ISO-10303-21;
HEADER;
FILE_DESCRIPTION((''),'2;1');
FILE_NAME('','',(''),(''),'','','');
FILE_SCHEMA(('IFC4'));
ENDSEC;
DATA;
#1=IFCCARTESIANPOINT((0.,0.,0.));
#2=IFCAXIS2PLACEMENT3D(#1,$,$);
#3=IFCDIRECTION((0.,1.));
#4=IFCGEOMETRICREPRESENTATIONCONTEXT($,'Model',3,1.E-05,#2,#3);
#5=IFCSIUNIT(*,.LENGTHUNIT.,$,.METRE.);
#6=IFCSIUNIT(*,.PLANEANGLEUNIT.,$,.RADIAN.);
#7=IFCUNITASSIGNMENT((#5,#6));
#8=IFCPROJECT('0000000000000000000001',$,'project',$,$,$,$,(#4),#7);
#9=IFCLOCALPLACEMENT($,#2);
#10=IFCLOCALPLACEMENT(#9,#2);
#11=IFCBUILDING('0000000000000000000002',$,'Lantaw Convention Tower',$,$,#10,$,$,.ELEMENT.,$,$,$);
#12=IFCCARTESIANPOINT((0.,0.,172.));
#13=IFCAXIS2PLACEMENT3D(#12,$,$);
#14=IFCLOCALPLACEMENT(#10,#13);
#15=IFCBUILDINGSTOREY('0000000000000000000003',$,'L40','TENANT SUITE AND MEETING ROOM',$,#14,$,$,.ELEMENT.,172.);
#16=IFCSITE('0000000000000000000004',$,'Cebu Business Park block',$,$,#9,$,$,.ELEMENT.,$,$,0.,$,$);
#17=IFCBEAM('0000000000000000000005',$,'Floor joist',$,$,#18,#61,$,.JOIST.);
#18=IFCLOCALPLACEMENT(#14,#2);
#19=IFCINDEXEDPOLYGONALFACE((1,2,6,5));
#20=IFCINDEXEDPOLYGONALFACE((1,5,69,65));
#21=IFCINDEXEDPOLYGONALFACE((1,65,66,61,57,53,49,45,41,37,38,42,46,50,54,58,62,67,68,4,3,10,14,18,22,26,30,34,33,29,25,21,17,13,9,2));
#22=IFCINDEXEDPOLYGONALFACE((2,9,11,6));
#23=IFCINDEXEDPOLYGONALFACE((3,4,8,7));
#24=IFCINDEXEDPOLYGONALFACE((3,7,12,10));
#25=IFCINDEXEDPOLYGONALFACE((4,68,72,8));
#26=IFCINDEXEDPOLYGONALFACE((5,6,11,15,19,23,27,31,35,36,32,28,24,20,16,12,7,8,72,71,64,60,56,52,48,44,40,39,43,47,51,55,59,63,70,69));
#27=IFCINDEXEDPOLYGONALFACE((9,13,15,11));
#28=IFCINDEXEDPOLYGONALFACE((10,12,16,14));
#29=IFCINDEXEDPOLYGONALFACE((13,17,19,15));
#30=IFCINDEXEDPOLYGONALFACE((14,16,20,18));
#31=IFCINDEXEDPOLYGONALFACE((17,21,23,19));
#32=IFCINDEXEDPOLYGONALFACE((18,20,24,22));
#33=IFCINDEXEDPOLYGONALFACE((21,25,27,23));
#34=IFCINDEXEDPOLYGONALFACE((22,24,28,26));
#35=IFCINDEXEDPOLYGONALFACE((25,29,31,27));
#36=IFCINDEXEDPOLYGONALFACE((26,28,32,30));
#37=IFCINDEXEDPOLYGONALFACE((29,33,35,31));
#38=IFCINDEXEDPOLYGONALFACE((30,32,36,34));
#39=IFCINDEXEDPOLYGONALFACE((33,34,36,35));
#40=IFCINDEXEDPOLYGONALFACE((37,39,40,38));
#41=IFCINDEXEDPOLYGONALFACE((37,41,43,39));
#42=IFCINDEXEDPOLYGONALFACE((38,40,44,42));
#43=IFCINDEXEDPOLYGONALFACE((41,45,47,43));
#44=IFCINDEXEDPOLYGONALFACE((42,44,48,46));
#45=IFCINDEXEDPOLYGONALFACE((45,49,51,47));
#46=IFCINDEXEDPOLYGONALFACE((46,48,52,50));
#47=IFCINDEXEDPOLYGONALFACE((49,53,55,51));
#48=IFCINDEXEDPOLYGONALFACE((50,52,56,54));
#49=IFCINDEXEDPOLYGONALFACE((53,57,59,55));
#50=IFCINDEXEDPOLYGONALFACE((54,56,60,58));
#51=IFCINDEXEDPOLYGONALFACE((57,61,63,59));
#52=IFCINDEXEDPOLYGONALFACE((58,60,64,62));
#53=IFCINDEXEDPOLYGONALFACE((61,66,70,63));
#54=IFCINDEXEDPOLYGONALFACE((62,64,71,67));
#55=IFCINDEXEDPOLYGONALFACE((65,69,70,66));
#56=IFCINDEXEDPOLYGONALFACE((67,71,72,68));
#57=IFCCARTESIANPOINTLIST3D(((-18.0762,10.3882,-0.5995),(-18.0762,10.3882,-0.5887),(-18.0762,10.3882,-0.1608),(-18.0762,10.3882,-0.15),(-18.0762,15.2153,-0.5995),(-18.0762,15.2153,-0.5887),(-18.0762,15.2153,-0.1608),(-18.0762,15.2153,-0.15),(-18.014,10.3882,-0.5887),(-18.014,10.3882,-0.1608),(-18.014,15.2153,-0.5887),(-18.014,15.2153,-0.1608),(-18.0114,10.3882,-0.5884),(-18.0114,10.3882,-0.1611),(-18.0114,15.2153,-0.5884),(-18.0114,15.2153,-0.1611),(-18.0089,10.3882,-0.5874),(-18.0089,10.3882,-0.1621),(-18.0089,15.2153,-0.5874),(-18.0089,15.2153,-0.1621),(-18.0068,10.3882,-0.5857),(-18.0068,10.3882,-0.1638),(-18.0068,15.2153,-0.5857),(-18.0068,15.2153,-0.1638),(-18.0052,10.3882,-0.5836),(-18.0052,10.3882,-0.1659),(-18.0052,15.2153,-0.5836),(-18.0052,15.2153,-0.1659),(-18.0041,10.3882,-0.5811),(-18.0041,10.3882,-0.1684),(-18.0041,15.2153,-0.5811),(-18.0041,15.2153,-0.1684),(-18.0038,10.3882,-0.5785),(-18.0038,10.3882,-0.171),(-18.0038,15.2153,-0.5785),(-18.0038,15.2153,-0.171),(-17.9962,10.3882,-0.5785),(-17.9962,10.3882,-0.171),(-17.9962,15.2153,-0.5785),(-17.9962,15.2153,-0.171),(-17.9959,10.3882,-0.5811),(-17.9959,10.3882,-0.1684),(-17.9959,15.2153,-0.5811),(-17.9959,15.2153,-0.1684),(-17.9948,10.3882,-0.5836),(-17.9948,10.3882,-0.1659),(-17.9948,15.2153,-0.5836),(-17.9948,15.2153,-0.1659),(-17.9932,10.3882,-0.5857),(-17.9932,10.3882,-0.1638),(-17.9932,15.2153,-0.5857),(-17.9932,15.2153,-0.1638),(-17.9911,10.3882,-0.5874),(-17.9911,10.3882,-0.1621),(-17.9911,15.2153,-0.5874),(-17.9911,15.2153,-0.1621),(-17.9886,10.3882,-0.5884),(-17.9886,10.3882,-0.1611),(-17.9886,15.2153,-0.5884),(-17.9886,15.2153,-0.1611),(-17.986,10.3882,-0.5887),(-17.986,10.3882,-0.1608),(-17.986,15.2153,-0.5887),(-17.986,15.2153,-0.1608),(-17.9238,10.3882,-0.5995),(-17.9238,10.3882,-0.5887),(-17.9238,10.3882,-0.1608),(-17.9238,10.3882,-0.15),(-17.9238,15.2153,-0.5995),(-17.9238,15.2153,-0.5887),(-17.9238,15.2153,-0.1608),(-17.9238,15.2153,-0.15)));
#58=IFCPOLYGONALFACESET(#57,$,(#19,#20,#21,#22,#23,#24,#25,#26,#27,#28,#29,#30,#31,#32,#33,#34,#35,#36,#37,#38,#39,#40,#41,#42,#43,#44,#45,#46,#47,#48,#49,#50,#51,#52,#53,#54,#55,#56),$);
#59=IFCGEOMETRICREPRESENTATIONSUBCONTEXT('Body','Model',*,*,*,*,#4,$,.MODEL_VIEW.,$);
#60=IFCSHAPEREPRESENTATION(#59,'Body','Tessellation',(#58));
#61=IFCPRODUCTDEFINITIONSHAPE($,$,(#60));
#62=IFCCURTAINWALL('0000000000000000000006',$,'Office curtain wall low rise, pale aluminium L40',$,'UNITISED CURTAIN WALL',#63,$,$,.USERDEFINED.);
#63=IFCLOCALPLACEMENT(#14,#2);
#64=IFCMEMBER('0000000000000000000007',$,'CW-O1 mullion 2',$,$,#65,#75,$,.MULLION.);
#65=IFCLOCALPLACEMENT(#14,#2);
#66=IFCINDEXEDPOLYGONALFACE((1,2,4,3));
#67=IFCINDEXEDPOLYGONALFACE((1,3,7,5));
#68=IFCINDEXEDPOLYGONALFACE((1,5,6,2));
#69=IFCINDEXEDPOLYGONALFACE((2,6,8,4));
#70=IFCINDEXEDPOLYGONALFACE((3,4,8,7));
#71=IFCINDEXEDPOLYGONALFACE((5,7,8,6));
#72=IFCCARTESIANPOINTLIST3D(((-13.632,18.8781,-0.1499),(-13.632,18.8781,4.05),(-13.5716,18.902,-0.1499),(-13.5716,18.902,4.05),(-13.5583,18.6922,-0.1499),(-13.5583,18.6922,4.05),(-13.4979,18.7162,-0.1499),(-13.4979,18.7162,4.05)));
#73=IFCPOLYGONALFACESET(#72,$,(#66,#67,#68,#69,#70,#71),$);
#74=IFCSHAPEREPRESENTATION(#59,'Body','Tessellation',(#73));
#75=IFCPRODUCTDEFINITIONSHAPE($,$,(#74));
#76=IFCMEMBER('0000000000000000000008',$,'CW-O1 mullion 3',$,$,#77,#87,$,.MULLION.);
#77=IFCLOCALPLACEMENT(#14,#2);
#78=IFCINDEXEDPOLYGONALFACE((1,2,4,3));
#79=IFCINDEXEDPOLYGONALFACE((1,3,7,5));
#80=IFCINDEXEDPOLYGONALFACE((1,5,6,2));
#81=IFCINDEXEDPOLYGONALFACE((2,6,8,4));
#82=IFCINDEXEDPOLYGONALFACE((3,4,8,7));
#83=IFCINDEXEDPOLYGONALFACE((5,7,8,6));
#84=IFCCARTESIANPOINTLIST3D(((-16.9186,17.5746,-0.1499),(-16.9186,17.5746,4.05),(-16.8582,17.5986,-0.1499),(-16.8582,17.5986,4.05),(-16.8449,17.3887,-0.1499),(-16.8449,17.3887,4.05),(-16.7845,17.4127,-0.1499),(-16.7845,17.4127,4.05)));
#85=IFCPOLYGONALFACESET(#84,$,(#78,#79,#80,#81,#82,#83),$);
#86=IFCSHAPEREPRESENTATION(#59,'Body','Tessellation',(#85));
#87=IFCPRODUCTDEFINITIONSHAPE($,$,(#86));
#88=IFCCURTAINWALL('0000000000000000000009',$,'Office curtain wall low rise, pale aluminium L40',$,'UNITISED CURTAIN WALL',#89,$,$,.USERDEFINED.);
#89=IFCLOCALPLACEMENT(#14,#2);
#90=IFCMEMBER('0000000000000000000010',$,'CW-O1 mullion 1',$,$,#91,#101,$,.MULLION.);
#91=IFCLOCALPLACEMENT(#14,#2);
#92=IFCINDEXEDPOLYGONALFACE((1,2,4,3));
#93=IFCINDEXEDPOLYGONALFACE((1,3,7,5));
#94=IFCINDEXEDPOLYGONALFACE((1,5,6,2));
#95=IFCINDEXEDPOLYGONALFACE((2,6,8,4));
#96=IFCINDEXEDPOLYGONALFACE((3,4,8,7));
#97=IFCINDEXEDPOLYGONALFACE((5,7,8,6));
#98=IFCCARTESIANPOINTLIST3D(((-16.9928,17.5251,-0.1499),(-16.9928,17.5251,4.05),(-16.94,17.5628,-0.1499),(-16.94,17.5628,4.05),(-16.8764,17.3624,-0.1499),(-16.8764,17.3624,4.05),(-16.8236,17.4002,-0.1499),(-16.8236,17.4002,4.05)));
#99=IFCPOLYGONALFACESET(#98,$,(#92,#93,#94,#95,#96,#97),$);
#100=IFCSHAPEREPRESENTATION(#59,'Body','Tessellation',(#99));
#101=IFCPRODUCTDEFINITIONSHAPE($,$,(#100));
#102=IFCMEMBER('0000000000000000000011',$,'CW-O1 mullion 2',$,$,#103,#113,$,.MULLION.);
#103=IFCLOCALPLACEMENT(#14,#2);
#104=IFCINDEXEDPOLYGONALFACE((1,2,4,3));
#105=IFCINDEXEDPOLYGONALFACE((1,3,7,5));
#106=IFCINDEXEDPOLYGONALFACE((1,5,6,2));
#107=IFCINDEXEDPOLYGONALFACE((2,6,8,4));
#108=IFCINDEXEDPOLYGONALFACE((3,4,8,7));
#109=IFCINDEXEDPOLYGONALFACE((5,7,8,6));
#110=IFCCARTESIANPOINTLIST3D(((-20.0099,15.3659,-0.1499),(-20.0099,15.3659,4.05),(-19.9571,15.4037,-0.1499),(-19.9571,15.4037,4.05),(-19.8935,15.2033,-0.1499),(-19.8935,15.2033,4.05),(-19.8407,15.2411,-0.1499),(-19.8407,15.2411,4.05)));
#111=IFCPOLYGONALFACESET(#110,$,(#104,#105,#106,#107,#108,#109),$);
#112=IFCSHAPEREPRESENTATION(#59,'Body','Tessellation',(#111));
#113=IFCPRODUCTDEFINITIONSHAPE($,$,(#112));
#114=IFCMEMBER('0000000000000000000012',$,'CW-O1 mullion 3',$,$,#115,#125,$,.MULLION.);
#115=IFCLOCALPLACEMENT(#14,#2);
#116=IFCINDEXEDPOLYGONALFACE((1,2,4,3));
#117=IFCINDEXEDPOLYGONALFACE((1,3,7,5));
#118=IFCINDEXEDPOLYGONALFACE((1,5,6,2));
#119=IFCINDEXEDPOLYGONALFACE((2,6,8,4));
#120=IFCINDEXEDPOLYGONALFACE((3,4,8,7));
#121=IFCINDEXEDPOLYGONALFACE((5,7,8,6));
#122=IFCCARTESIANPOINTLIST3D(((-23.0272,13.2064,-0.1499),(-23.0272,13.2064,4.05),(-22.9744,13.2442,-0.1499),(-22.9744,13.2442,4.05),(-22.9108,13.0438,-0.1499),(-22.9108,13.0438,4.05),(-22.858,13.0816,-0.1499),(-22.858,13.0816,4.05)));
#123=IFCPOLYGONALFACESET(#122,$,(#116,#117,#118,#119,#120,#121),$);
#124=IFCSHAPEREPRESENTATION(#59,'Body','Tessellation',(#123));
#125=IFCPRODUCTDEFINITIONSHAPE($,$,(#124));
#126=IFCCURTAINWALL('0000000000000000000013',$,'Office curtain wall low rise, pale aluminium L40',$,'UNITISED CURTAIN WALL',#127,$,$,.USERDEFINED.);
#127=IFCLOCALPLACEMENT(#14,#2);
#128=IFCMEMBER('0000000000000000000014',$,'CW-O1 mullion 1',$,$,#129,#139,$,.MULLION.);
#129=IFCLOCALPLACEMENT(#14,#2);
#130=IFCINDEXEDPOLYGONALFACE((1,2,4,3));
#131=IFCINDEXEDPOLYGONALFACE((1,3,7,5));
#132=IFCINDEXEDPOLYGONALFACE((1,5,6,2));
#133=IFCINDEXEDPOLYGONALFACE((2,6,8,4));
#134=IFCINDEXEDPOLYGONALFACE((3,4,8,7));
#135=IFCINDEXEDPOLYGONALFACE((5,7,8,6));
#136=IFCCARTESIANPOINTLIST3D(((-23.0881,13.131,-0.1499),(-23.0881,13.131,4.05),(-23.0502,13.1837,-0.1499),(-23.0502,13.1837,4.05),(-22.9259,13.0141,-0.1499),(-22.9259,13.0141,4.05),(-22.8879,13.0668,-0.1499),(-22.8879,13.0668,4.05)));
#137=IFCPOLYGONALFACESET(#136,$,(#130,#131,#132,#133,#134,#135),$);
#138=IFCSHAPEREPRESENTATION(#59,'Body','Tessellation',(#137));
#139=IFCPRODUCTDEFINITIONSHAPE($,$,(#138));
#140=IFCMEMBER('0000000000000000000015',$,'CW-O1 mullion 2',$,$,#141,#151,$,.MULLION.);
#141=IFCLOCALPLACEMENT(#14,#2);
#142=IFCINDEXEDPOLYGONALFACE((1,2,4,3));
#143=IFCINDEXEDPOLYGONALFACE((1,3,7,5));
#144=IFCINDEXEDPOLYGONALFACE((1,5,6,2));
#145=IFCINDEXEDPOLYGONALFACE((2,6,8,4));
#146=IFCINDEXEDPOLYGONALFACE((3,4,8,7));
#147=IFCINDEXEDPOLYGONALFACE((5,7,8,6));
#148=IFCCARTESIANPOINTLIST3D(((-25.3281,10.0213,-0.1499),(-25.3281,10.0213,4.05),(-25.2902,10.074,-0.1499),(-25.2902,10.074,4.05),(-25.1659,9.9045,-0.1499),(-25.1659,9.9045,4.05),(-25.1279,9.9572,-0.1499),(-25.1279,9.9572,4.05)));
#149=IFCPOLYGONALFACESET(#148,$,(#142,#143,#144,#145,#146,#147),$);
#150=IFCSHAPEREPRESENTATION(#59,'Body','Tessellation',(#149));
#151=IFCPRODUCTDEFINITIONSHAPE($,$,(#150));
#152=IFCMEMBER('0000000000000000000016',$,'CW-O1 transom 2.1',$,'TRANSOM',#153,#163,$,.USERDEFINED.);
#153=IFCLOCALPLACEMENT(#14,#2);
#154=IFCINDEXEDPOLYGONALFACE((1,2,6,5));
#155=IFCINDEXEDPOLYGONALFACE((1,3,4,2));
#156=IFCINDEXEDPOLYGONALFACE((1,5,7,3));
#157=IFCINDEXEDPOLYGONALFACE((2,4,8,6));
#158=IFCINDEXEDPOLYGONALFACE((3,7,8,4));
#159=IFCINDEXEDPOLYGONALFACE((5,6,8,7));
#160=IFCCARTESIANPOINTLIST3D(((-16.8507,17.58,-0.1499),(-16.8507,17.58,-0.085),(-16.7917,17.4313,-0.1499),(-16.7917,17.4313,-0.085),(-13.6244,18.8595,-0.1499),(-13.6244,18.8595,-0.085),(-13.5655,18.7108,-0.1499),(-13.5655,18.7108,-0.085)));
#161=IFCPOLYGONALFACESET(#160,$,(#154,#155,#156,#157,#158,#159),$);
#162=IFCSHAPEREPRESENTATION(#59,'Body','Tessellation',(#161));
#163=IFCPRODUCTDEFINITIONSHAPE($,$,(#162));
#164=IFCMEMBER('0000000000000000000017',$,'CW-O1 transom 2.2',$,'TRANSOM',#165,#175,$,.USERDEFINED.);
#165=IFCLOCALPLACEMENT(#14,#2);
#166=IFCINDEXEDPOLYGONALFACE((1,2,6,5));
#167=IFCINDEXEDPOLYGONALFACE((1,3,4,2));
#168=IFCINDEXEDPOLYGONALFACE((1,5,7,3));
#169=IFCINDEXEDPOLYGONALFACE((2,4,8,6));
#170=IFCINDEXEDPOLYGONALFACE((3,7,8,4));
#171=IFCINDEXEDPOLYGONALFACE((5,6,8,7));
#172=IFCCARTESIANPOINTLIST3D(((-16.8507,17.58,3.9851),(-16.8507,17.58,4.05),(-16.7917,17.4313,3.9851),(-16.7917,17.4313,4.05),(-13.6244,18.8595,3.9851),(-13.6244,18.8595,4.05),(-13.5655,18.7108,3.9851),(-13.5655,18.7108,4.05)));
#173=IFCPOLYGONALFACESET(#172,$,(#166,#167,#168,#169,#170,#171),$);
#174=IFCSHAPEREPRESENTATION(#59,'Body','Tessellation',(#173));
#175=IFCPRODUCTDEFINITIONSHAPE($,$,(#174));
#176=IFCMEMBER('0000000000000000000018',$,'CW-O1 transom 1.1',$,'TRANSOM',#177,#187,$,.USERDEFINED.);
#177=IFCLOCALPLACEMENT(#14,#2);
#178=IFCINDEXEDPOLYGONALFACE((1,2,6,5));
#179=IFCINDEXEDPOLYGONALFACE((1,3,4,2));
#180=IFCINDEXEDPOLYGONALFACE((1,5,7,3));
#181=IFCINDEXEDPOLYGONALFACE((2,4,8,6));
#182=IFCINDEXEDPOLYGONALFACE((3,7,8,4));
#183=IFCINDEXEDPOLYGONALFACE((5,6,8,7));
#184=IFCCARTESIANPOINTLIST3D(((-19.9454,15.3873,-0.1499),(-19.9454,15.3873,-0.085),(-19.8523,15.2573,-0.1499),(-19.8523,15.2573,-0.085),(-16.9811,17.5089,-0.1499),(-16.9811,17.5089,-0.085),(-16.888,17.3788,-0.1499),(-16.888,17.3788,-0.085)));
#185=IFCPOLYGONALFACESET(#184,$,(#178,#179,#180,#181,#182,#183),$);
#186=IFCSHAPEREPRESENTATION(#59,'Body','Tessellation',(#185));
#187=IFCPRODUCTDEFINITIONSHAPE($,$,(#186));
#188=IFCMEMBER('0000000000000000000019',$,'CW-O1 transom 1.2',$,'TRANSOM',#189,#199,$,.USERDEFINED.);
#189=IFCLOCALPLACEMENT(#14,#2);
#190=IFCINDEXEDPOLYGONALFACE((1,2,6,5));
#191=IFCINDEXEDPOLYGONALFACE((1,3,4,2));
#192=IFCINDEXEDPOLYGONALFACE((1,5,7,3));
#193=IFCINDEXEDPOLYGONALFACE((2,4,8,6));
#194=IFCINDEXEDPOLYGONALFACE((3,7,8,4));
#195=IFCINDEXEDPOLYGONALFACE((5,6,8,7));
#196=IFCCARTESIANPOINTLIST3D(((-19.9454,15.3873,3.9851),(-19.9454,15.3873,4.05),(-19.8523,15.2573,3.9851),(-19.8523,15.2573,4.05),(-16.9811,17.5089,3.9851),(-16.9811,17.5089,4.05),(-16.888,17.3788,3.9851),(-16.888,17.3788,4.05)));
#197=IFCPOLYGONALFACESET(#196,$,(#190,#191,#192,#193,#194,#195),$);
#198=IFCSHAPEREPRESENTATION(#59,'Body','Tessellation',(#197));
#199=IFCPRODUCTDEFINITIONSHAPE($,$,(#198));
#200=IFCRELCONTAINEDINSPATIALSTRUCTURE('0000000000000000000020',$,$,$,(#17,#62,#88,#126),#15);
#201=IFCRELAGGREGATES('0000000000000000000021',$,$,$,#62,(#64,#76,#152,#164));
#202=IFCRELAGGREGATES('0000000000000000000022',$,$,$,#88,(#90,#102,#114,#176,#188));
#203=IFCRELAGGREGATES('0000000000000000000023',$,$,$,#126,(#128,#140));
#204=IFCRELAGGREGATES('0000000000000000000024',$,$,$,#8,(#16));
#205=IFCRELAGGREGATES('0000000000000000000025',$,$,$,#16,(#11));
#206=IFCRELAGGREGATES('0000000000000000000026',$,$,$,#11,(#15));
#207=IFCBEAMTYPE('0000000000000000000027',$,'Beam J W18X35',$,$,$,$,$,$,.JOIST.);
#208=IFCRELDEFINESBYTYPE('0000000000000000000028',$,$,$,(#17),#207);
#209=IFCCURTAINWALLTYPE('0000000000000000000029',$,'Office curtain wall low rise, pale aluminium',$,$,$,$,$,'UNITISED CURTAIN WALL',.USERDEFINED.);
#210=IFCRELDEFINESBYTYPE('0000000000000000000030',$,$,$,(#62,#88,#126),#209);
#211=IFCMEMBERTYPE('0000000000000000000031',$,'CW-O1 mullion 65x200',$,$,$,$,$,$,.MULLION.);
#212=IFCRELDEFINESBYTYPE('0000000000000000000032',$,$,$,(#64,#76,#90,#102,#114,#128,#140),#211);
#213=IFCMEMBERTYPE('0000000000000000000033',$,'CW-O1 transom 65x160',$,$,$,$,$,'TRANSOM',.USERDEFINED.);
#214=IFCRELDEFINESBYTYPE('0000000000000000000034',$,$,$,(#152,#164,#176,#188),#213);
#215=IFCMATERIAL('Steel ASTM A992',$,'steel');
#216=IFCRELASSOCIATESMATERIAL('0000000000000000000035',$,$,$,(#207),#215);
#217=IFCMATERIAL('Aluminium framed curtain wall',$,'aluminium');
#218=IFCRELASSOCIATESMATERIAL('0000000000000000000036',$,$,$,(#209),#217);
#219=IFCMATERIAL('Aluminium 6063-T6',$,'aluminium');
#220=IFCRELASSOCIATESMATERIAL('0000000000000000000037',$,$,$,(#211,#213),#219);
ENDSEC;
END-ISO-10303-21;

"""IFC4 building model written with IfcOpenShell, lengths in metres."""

from ifc_helpers import new_model, si_unit, direction, frame, origin, origin_2d, place, context, subcontext, project, spatial, rectangle, i_section, extrude, material, material_profile, profile_set, type_object, element, aggregate, save


model = new_model("IFC4")

# Units and contexts
model_context = context("Model", 3, precision=1e-05, world=origin(), true_north=direction((0.0, 1.0)))
body_context = subcontext(model_context, "Body", "Model", "MODEL_VIEW")
ifc_project = project(units=[si_unit("LENGTHUNIT", "METRE"), si_unit("PLANEANGLEUNIT", "RADIAN")], contexts=[model_context])

# Site, building, storey
site_placement = place(None, origin())
site = spatial("IfcSite", under=ifc_project, at=site_placement, Name="Cebu Business Park block", CompositionType="ELEMENT", RefElevation=0.0)
building_placement = place(site_placement, origin())
building = spatial("IfcBuilding", under=site, at=building_placement, Name="Lantaw Convention Tower", CompositionType="ELEMENT")
storey_placement = place(building_placement, frame((0.0, 0.0, 172.0)))
storey = spatial("IfcBuildingStorey", under=building, at=storey_placement, Name="L40", Description="TENANT SUITE AND MEETING ROOM", CompositionType="ELEMENT", Elevation=172.0)

# Beam
ifc_material_1 = material(Name="Steel ASTM A992", Category="steel")
ifc_material_profile_1 = material_profile(ifc_material_1, i_section(OverallWidth=0.1523, OverallDepth=0.4495, WebThickness=0.0076, FlangeThickness=0.0107, FilletRadius=0.0103, at=origin_2d()), Name="W18X35")
ifc_profile_set_1 = profile_set([ifc_material_profile_1], Name="Steel ASTM A992")
beam_type_1 = type_object("IfcBeamType", Name="Beam J W18X35", PredefinedType="JOIST", material=ifc_profile_set_1)
beam_1_placement = place(storey_placement, frame((-18.0, 10.3882, -0.3748), z_axis=(0.0, 1.0, 0.0), x_axis=(-1.0, 0.0, 0.0)))
element("IfcBeam", 1, at=beam_1_placement, inside=storey, type_object=beam_type_1, Name="Floor joist", PredefinedType="JOIST", context=body_context, shape_type="SweptSolid", body=[
    extrude(i_section(OverallWidth=0.1523, OverallDepth=0.4495, WebThickness=0.0076, FlangeThickness=0.0107, FilletRadius=0.0103, at=origin_2d()), origin(), (0.0, 0.0, 1.0), 4.8271),
])

# Curtain walls, members
ifc_material_2 = material(Name="Aluminium framed curtain wall", Category="aluminium")
curtain_wall_type = type_object("IfcCurtainWallType", Name="Office curtain wall low rise, pale aluminium", ElementType="UNITISED CURTAIN WALL", PredefinedType="USERDEFINED", material=ifc_material_2)
curtain_wall_1_placement = place(storey_placement, origin())
curtain_wall_1 = element("IfcCurtainWall", 2, at=curtain_wall_1_placement, inside=storey, type_object=curtain_wall_type, Name="Office curtain wall low rise, pale aluminium L40", ObjectType="UNITISED CURTAIN WALL", PredefinedType="USERDEFINED")
ifc_material_3 = material(Name="Aluminium 6063-T6", Category="aluminium")
ifc_material_profile_2 = material_profile(ifc_material_3, rectangle(XDim=0.2, YDim=0.0649, at=origin_2d()), Name="CW-O1 mullion 65x200")
ifc_profile_set_2 = profile_set([ifc_material_profile_2], Name="Aluminium 6063-T6")
member_type_1 = type_object("IfcMemberType", Name="CW-O1 mullion 65x200", PredefinedType="MULLION", material=ifc_profile_set_2)
member_1_placement = place(storey_placement, frame((-13.5649, 18.7971, -0.1499), z_axis=(0.0, 0.0, 1.0), x_axis=(0.368702, -0.929548, 0.0)))
member_1 = element("IfcMember", 3, at=member_1_placement, type_object=member_type_1, Name="CW-O1 mullion 2", PredefinedType="MULLION", context=body_context, shape_type="SweptSolid", body=[
    extrude(rectangle(XDim=0.2, YDim=0.0649, at=origin_2d()), origin(), (0.0, 0.0, 1.0), 4.2),
])
member_2_placement = place(storey_placement, frame((-16.8516, 17.4937, -0.1499), z_axis=(0.0, 0.0, 1.0), x_axis=(0.368702, -0.929548, 0.0)))
member_2 = element("IfcMember", 4, at=member_2_placement, type_object=member_type_1, Name="CW-O1 mullion 3", PredefinedType="MULLION", context=body_context, shape_type="SweptSolid", body=[
    extrude(rectangle(XDim=0.2, YDim=0.0649, at=origin_2d()), origin(), (0.0, 0.0, 1.0), 4.2),
])
curtain_wall_2_placement = place(storey_placement, origin())
curtain_wall_2 = element("IfcCurtainWall", 5, at=curtain_wall_2_placement, inside=storey, type_object=curtain_wall_type, Name="Office curtain wall low rise, pale aluminium L40", ObjectType="UNITISED CURTAIN WALL", PredefinedType="USERDEFINED")
member_3_placement = place(storey_placement, frame((-16.9082, 17.4626, -0.1499), z_axis=(0.0, 0.0, 1.0), x_axis=(0.581973, -0.813208, 0.0)))
member_3 = element("IfcMember", 6, at=member_3_placement, type_object=member_type_1, Name="CW-O1 mullion 1", PredefinedType="MULLION", context=body_context, shape_type="SweptSolid", body=[
    extrude(rectangle(XDim=0.2, YDim=0.0649, at=origin_2d()), origin(), (0.0, 0.0, 1.0), 4.2),
])
member_4_placement = place(storey_placement, frame((-19.9253, 15.3035, -0.1499), z_axis=(0.0, 0.0, 1.0), x_axis=(0.581973, -0.813208, 0.0)))
member_4 = element("IfcMember", 7, at=member_4_placement, type_object=member_type_1, Name="CW-O1 mullion 2", PredefinedType="MULLION", context=body_context, shape_type="SweptSolid", body=[
    extrude(rectangle(XDim=0.2, YDim=0.0649, at=origin_2d()), origin(), (0.0, 0.0, 1.0), 4.2),
])
member_5_placement = place(storey_placement, frame((-22.9426, 13.144, -0.1499), z_axis=(0.0, 0.0, 1.0), x_axis=(0.581973, -0.813208, 0.0)))
member_5 = element("IfcMember", 8, at=member_5_placement, type_object=member_type_1, Name="CW-O1 mullion 3", PredefinedType="MULLION", context=body_context, shape_type="SweptSolid", body=[
    extrude(rectangle(XDim=0.2, YDim=0.0649, at=origin_2d()), origin(), (0.0, 0.0, 1.0), 4.2),
])
curtain_wall_3_placement = place(storey_placement, origin())
curtain_wall_3 = element("IfcCurtainWall", 9, at=curtain_wall_3_placement, inside=storey, type_object=curtain_wall_type, Name="Office curtain wall low rise, pale aluminium L40", ObjectType="UNITISED CURTAIN WALL", PredefinedType="USERDEFINED")
member_6_placement = place(storey_placement, frame((-22.988, 13.0989, -0.1499), z_axis=(0.0, 0.0, 1.0), x_axis=(0.811385, -0.584513, 0.0)))
member_6 = element("IfcMember", 10, at=member_6_placement, type_object=member_type_1, Name="CW-O1 mullion 1", PredefinedType="MULLION", context=body_context, shape_type="SweptSolid", body=[
    extrude(rectangle(XDim=0.2, YDim=0.0649, at=origin_2d()), origin(), (0.0, 0.0, 1.0), 4.2),
])
member_7_placement = place(storey_placement, frame((-25.228, 9.9893, -0.1499), z_axis=(0.0, 0.0, 1.0), x_axis=(0.811385, -0.584513, 0.0)))
member_7 = element("IfcMember", 11, at=member_7_placement, type_object=member_type_1, Name="CW-O1 mullion 2", PredefinedType="MULLION", context=body_context, shape_type="SweptSolid", body=[
    extrude(rectangle(XDim=0.2, YDim=0.0649, at=origin_2d()), origin(), (0.0, 0.0, 1.0), 4.2),
])

# Members
ifc_material_profile_3 = material_profile(ifc_material_3, rectangle(XDim=0.1599, YDim=0.0649, at=origin_2d()), Name="CW-O1 transom 65x160")
ifc_profile_set_3 = profile_set([ifc_material_profile_3], Name="Aluminium 6063-T6")
member_type_2 = type_object("IfcMemberType", Name="CW-O1 transom 65x160", ElementType="TRANSOM", PredefinedType="USERDEFINED", material=ifc_profile_set_3)
member_8_placement = place(storey_placement, frame((-13.595, 18.7852, -0.1174), z_axis=(-0.929564, -0.36866, 0.0), x_axis=(0.36866, -0.929564, 0.0)))
member_8 = element("IfcMember", 12, at=member_8_placement, type_object=member_type_2, Name="CW-O1 transom 2.1", ObjectType="TRANSOM", PredefinedType="USERDEFINED", context=body_context, shape_type="SweptSolid", body=[
    extrude(rectangle(XDim=0.1599, YDim=0.0649, at=origin_2d()), origin(), (0.0, 0.0, 1.0), 3.4707),
])
member_9_placement = place(storey_placement, frame((-13.595, 18.7852, 4.0176), z_axis=(-0.929564, -0.36866, 0.0), x_axis=(0.36866, -0.929564, 0.0)))
member_9 = element("IfcMember", 13, at=member_9_placement, type_object=member_type_2, Name="CW-O1 transom 2.2", ObjectType="TRANSOM", PredefinedType="USERDEFINED", context=body_context, shape_type="SweptSolid", body=[
    extrude(rectangle(XDim=0.1599, YDim=0.0649, at=origin_2d()), origin(), (0.0, 0.0, 1.0), 3.4707),
])
member_10_placement = place(storey_placement, frame((-16.9346, 17.4438, -0.1174), z_axis=(-0.81319, -0.581998, 0.0), x_axis=(0.581998, -0.81319, 0.0)))
member_10 = element("IfcMember", 14, at=member_10_placement, type_object=member_type_2, Name="CW-O1 transom 1.1", ObjectType="TRANSOM", PredefinedType="USERDEFINED", context=body_context, shape_type="SweptSolid", body=[
    extrude(rectangle(XDim=0.1599, YDim=0.0649, at=origin_2d()), origin(), (0.0, 0.0, 1.0), 3.6453),
])
member_11_placement = place(storey_placement, frame((-16.9346, 17.4438, 4.0176), z_axis=(-0.81319, -0.581998, 0.0), x_axis=(0.581998, -0.81319, 0.0)))
member_11 = element("IfcMember", 15, at=member_11_placement, type_object=member_type_2, Name="CW-O1 transom 1.2", ObjectType="TRANSOM", PredefinedType="USERDEFINED", context=body_context, shape_type="SweptSolid", body=[
    extrude(rectangle(XDim=0.1599, YDim=0.0649, at=origin_2d()), origin(), (0.0, 0.0, 1.0), 3.6453),
])

aggregate(curtain_wall_1, [member_1, member_2, member_8, member_9])
aggregate(curtain_wall_2, [member_3, member_4, member_5, member_10, member_11])
aggregate(curtain_wall_3, [member_6, member_7])

save(model, "model.ifc")
